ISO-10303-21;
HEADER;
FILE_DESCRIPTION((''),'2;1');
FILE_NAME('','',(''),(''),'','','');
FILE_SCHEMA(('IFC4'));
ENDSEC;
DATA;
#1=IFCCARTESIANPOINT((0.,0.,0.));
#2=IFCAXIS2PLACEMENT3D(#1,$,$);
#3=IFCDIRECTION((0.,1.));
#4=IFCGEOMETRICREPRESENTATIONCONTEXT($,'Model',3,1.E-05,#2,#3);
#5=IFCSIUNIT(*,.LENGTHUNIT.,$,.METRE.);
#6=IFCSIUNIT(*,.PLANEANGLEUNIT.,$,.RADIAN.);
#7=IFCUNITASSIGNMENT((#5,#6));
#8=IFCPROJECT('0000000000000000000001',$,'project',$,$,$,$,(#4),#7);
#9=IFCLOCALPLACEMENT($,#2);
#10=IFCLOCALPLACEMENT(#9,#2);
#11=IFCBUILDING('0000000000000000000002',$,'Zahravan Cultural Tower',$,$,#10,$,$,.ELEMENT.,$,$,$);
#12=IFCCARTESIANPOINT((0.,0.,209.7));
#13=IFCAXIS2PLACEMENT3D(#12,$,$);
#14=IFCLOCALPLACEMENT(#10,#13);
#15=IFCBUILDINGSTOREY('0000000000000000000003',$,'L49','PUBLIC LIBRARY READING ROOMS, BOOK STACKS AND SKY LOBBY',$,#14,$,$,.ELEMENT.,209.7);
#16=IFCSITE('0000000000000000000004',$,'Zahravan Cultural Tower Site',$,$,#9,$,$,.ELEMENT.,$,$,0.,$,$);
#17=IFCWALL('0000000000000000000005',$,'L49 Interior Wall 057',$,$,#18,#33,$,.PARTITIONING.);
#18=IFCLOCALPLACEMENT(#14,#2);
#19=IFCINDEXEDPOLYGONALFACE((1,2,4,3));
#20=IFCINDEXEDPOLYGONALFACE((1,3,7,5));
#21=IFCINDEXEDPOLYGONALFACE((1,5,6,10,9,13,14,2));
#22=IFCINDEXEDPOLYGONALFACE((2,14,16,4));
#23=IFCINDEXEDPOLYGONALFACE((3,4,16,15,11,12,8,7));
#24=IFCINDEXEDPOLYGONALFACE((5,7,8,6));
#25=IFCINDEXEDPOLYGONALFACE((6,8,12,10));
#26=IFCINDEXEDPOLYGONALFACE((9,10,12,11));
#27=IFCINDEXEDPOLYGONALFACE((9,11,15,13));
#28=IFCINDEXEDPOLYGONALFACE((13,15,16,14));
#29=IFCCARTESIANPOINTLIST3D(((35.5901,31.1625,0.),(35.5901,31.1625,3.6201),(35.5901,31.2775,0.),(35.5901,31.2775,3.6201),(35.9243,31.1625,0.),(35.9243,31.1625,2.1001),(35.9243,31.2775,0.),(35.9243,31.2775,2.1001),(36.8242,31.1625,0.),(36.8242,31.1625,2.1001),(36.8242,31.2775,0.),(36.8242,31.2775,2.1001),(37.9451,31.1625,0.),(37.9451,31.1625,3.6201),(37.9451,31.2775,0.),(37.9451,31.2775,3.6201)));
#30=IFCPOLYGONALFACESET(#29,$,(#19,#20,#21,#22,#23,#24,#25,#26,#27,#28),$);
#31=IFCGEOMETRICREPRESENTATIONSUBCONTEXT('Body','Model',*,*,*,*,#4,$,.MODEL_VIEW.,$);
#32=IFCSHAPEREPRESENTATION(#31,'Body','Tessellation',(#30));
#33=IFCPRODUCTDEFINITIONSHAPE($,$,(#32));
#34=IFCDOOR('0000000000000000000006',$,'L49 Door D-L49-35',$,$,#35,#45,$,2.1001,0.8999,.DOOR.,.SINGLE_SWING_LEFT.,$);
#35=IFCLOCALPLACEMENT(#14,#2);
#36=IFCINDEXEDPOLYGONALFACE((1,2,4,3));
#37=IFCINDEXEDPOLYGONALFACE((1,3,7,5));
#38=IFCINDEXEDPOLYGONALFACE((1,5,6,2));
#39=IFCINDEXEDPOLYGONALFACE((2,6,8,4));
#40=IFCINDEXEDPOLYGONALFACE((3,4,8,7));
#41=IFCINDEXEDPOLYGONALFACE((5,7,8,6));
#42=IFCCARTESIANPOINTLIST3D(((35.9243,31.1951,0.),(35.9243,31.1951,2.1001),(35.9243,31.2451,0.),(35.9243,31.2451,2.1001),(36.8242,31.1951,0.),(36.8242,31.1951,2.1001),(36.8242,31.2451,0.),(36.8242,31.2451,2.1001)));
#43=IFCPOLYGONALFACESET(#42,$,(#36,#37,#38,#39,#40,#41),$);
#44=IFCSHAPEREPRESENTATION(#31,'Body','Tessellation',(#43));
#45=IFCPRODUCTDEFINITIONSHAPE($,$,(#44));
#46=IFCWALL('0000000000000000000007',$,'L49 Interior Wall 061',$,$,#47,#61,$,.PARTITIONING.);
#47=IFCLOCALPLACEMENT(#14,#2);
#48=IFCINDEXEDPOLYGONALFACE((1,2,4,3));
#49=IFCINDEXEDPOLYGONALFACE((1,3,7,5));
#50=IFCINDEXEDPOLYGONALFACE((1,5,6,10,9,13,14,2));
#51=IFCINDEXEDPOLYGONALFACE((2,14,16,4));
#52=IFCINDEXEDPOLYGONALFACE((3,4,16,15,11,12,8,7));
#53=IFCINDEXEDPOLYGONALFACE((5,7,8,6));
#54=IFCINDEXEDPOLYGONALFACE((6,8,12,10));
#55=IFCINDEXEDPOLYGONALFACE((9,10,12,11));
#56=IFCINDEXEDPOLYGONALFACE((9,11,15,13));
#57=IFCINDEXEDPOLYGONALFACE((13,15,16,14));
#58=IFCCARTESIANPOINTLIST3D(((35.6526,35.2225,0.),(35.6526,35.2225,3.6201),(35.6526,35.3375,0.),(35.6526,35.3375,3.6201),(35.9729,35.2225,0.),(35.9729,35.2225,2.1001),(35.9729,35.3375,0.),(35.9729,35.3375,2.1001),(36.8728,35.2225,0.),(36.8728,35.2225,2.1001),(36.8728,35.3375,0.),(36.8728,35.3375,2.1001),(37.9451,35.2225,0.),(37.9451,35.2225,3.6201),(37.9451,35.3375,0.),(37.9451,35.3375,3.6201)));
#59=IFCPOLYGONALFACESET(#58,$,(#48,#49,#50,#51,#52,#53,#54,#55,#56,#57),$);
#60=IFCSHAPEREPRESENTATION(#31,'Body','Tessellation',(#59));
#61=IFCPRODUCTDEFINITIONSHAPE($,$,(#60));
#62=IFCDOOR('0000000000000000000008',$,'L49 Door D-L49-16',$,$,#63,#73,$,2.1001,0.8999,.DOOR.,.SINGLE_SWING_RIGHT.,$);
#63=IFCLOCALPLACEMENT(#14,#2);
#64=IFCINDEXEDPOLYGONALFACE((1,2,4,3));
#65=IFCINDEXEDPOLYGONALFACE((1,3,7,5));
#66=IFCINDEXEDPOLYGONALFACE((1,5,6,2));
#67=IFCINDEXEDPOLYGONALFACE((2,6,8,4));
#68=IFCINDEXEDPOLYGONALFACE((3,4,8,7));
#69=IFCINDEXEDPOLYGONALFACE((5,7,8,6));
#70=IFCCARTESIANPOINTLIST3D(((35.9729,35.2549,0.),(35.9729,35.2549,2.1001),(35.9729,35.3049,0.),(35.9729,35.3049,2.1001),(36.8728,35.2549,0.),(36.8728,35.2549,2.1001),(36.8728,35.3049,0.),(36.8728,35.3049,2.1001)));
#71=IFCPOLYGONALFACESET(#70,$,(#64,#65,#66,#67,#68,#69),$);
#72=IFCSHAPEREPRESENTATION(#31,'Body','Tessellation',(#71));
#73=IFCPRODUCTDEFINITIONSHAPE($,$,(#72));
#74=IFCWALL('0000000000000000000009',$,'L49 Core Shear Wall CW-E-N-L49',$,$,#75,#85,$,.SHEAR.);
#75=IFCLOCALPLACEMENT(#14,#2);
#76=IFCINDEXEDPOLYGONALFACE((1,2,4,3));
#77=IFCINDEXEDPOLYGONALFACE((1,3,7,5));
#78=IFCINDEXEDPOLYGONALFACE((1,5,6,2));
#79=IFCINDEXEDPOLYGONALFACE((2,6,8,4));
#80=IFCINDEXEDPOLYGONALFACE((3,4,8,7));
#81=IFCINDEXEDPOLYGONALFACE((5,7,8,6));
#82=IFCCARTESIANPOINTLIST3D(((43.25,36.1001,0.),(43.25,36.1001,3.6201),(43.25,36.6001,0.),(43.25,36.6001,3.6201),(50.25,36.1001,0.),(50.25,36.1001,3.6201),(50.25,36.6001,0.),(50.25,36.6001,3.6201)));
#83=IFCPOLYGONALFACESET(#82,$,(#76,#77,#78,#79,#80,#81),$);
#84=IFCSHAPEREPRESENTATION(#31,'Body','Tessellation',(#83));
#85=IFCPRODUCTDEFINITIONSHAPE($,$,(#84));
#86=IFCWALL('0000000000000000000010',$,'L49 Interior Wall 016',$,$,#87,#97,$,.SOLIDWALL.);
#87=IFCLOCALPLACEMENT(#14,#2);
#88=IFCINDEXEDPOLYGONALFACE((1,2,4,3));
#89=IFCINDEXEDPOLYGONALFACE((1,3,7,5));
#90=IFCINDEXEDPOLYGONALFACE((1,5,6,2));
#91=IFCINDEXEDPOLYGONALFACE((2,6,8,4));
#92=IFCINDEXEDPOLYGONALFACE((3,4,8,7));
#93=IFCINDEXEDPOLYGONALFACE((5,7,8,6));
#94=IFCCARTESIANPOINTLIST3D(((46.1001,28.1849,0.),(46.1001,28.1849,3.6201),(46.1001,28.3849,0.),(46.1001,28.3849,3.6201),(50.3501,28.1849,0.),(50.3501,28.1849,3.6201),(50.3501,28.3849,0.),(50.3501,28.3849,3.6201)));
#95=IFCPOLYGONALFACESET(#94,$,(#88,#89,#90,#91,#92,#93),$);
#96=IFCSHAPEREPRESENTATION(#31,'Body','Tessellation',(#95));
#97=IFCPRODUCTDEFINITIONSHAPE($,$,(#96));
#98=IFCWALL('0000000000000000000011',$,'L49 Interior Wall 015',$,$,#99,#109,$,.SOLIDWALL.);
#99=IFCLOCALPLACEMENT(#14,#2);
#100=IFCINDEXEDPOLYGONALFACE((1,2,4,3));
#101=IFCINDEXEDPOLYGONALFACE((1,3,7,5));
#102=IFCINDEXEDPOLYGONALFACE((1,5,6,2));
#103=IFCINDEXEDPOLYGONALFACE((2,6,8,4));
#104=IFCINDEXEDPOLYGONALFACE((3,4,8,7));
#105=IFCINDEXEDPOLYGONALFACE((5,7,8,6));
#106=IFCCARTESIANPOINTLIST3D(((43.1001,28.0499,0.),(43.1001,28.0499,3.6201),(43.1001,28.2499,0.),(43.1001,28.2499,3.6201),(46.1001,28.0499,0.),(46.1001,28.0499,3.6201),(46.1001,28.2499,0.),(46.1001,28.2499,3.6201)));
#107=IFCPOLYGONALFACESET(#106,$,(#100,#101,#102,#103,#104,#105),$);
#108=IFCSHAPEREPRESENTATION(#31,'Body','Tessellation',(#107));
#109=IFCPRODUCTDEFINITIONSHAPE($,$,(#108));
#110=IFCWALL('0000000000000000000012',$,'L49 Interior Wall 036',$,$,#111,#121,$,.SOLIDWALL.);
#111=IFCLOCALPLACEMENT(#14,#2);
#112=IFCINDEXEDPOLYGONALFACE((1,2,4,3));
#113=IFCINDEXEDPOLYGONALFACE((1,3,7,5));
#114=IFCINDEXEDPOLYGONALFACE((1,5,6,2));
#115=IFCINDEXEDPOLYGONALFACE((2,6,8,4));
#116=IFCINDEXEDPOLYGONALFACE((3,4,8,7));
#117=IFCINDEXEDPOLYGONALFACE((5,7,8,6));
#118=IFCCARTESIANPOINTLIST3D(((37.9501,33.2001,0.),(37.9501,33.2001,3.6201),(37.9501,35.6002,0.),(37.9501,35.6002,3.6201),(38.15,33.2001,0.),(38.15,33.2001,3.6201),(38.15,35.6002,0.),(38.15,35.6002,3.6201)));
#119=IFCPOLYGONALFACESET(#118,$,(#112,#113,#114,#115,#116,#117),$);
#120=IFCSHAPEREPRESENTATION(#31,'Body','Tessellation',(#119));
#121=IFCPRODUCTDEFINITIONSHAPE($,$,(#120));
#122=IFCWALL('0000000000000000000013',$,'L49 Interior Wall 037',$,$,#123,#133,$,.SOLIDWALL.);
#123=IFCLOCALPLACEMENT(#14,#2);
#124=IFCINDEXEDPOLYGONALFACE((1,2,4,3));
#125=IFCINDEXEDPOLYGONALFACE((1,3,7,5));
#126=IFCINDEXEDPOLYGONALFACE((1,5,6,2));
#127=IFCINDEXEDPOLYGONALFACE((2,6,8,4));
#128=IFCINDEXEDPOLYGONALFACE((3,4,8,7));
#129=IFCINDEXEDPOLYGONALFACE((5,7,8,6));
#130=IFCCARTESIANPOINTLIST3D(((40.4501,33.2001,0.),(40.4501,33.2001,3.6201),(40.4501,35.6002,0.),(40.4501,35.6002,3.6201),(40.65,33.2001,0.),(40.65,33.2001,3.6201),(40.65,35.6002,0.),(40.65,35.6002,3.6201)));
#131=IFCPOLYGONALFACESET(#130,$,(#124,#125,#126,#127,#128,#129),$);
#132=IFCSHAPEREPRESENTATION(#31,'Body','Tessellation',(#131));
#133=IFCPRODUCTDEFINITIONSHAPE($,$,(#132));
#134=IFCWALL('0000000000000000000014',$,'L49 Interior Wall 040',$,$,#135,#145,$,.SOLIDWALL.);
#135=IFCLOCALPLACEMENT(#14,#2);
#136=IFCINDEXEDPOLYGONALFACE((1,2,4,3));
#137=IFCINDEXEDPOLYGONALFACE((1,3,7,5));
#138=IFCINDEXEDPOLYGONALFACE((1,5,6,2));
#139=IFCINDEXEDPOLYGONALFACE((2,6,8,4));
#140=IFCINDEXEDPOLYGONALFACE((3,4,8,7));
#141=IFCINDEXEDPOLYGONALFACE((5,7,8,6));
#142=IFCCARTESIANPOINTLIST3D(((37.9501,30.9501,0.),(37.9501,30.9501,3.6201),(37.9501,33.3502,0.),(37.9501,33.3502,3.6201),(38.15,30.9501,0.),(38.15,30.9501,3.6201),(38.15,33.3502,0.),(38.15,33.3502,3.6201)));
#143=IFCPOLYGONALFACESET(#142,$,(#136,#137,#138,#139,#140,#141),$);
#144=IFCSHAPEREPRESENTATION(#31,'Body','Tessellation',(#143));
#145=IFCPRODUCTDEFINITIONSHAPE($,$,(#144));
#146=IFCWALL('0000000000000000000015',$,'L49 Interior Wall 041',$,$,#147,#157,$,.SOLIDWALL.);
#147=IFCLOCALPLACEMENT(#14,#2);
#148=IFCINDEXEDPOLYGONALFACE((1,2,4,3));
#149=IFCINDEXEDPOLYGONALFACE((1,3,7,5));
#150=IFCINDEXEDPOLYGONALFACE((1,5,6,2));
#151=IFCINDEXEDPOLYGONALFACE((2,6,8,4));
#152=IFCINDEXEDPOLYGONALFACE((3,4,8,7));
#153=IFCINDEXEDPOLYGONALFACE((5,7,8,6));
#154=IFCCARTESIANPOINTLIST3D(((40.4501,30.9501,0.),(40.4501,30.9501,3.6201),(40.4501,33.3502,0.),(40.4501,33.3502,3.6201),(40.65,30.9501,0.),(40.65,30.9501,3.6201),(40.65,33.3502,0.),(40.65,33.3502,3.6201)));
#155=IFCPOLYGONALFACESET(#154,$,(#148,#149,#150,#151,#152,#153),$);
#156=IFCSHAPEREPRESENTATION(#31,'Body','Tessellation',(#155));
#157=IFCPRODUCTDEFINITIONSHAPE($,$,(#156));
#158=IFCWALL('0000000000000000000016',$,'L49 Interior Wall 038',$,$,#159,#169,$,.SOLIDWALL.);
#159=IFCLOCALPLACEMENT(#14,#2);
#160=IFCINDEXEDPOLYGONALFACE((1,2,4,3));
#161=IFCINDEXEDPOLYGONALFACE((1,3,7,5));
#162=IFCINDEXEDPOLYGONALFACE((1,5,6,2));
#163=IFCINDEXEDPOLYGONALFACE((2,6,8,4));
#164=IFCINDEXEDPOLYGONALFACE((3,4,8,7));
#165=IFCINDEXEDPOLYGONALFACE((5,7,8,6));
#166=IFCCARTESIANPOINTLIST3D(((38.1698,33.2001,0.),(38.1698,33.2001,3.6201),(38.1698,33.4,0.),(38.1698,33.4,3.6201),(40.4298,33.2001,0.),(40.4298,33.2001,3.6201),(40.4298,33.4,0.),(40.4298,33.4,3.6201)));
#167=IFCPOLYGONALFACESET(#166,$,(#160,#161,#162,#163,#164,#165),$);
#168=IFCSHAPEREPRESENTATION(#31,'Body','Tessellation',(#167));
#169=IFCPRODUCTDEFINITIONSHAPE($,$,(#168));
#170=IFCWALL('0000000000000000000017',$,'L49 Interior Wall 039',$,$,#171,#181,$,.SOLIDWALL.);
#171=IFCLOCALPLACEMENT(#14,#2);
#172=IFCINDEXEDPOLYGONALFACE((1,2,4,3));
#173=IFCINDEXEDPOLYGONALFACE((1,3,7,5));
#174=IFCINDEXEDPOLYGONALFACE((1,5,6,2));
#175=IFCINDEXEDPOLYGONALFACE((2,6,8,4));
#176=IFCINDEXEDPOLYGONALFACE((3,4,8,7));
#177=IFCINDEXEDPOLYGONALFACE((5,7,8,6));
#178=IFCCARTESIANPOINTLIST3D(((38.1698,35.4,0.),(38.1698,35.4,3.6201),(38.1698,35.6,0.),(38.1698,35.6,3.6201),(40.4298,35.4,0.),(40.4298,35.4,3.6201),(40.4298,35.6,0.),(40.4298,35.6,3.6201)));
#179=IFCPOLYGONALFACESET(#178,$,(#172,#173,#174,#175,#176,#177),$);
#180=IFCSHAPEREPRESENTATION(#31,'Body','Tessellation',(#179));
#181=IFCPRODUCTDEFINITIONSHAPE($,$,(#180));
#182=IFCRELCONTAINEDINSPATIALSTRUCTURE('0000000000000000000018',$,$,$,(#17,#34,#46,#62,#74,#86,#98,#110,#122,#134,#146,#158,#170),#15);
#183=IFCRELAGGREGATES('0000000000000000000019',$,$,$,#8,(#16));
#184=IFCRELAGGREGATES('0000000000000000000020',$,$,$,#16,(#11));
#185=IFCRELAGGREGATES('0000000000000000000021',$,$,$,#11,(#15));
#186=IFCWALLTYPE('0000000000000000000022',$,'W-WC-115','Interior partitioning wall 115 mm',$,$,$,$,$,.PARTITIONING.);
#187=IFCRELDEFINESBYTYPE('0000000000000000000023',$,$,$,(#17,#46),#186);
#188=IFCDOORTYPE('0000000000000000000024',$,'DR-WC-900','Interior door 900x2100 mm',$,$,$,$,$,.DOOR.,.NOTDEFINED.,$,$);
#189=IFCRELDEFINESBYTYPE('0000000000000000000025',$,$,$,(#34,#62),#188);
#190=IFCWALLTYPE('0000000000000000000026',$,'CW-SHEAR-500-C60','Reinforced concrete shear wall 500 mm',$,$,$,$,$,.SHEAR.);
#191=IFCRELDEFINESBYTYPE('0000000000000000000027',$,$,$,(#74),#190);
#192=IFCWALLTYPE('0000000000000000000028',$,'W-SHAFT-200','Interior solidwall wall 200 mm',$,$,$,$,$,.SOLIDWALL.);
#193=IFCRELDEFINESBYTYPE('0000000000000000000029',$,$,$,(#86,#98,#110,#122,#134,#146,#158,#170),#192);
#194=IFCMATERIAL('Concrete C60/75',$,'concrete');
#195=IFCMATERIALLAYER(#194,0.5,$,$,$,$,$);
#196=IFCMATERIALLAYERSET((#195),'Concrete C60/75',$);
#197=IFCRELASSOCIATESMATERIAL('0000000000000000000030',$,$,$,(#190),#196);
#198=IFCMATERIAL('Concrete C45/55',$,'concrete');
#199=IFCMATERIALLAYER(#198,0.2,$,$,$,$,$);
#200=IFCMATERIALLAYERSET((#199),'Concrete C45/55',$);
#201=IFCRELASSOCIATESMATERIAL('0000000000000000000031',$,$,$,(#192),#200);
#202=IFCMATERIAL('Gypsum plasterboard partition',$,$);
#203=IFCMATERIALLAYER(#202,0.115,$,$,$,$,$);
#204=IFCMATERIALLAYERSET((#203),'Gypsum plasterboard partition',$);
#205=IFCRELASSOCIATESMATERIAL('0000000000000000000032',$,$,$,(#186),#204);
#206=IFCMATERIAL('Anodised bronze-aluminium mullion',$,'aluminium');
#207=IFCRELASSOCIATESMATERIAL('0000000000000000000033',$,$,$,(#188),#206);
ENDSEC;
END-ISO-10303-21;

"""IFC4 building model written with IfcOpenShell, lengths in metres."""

from ifc_helpers import new_model, si_unit, direction, frame, frame_2d, origin, place, context, subcontext, project, spatial, rectangle, extrude, source, transform, mapped, material, layer, layer_set, type_object, element, fill, save


model = new_model("IFC4")

# Units and contexts
model_context = context("Model", 3, precision=1e-05, world=origin(), true_north=direction((0.0, 1.0)))
body_context = subcontext(model_context, "Body", "Model", "MODEL_VIEW")
ifc_project = project(units=[si_unit("LENGTHUNIT", "METRE"), si_unit("PLANEANGLEUNIT", "RADIAN")], contexts=[model_context])

# Site, building, storey
site_placement = place(None, origin())
site = spatial("IfcSite", under=ifc_project, at=site_placement, Name="Zahravan Cultural Tower Site", CompositionType="ELEMENT", RefElevation=0.0)
building_placement = place(site_placement, origin())
building = spatial("IfcBuilding", under=site, at=building_placement, Name="Zahravan Cultural Tower", CompositionType="ELEMENT")
storey_placement = place(building_placement, frame((0.0, 0.0, 209.7)))
storey = spatial("IfcBuildingStorey", under=building, at=storey_placement, Name="L49", Description="PUBLIC LIBRARY READING ROOMS, BOOK STACKS AND SKY LOBBY", CompositionType="ELEMENT", Elevation=209.7)

# Walls, openings, doors
ifc_material_1 = material(Name="Concrete C60/75", Category="concrete")
ifc_layer_1 = layer(ifc_material_1, 0.5)
ifc_layer_set_1 = layer_set([ifc_layer_1], Name="Concrete C60/75")
wall_type_1 = type_object("IfcWallType", Name="CW-SHEAR-500-C60", Description="Reinforced concrete shear wall 500 mm", PredefinedType="SHEAR", material=ifc_layer_set_1)
ifc_material_2 = material(Name="Gypsum plasterboard partition")
ifc_material_3 = material(Name="Anodised bronze-aluminium mullion", Category="aluminium")
ifc_material_4 = material(Name="Concrete C45/55", Category="concrete")
ifc_layer_2 = layer(ifc_material_4, 0.2)
ifc_layer_set_2 = layer_set([ifc_layer_2], Name="Concrete C45/55")
wall_type_2 = type_object("IfcWallType", Name="W-SHAFT-200", Description="Interior solidwall wall 200 mm", PredefinedType="SOLIDWALL", material=ifc_layer_set_2)
ifc_layer_3 = layer(ifc_material_2, 0.115)
ifc_layer_set_3 = layer_set([ifc_layer_3], Name="Gypsum plasterboard partition")
wall_type_3 = type_object("IfcWallType", Name="W-WC-115", Description="Interior partitioning wall 115 mm", PredefinedType="PARTITIONING", material=ifc_layer_set_3)
wall_1_placement = place(storey_placement, frame((37.9451, 31.22, 0.0), z_axis=(0.0, 0.0, 1.0), x_axis=(-1.0, 0.0, 0.0)))
wall_1 = element("IfcWall", 1, at=wall_1_placement, inside=storey, type_object=wall_type_3, Name="L49 Interior Wall 057", PredefinedType="PARTITIONING", context=body_context, shape_type="SweptSolid", body=[
    extrude(rectangle(XDim=2.355, YDim=0.115, at=frame_2d((1.1775, 0.0))), origin(), (0.0, 0.0, 1.0), 3.6201),
])
opening_1_placement = place(wall_1_placement, frame((1.1208, 0.0, 0.0)))
opening_1 = element("IfcOpeningElement", 2, at=opening_1_placement, cuts=wall_1, PredefinedType="OPENING", context=body_context, shape_type="SweptSolid", body=[
    extrude(rectangle(XDim=0.8999, YDim=2.1001, at=frame_2d((0.45, 1.05))), frame((0.0, 0.0674, 0.0), z_axis=(0.0, -1.0, 0.0), x_axis=(1.0, 0.0, 0.0)), (0.0, 0.0, 1.0), 0.135),
])
door_type_1 = type_object("IfcDoorType", Name="DR-WC-900", Description="Interior door 900x2100 mm", OperationType="NOTDEFINED", PredefinedType="DOOR", material=ifc_material_3)
shared_shape_1 = source(origin(), body_context, "Body", "SweptSolid", [
    extrude(rectangle(XDim=0.8999, YDim=2.1001, at=frame_2d((0.45, 1.05))), frame((0.0, 0.0249, 0.0), z_axis=(0.0, -1.0, 0.0), x_axis=(1.0, 0.0, 0.0)), (0.0, 0.0, 1.0), 0.05),
])
door_1_placement = place(opening_1_placement, origin())
door_1 = element("IfcDoor", 3, at=door_1_placement, inside=storey, type_object=door_type_1, Name="L49 Door D-L49-35", OperationType="SINGLE_SWING_LEFT", OverallHeight=2.1001, OverallWidth=0.8999, PredefinedType="DOOR", context=body_context, shape_type="MappedRepresentation", body=[
    mapped(shared_shape_1, transform((0.0, 0.0, 0.0), x_axis=(1.0, 0.0, 0.0), y_axis=(0.0, 1.0, 0.0), z_axis=(0.0, 0.0, 1.0), scale=1.0)),
])
fill(opening_1, door_1)
wall_2_placement = place(storey_placement, frame((35.6526, 35.28, 0.0), z_axis=(0.0, 0.0, 1.0), x_axis=(1.0, 0.0, 0.0)))
wall_2 = element("IfcWall", 4, at=wall_2_placement, inside=storey, type_object=wall_type_3, Name="L49 Interior Wall 061", PredefinedType="PARTITIONING", context=body_context, shape_type="SweptSolid", body=[
    extrude(rectangle(XDim=2.2925, YDim=0.115, at=frame_2d((1.1462, 0.0))), origin(), (0.0, 0.0, 1.0), 3.6201),
])
opening_2_placement = place(wall_2_placement, frame((0.3203, 0.0, 0.0)))
opening_2 = element("IfcOpeningElement", 5, at=opening_2_placement, cuts=wall_2, PredefinedType="OPENING", context=body_context, shape_type="SweptSolid", body=[
    extrude(rectangle(XDim=0.8999, YDim=2.1001, at=frame_2d((0.45, 1.05))), frame((0.0, 0.0674, 0.0), z_axis=(0.0, -1.0, 0.0), x_axis=(1.0, 0.0, 0.0)), (0.0, 0.0, 1.0), 0.135),
])
door_2_placement = place(opening_2_placement, origin())
door_2 = element("IfcDoor", 6, at=door_2_placement, inside=storey, type_object=door_type_1, Name="L49 Door D-L49-16", OperationType="SINGLE_SWING_RIGHT", OverallHeight=2.1001, OverallWidth=0.8999, PredefinedType="DOOR", context=body_context, shape_type="MappedRepresentation", body=[
    mapped(shared_shape_1, transform((0.0, 0.0, 0.0), x_axis=(1.0, 0.0, 0.0), y_axis=(0.0, 1.0, 0.0), z_axis=(0.0, 0.0, 1.0), scale=1.0)),
])
fill(opening_2, door_2)

# Walls
shared_shape_2 = source(origin(), body_context, "Body", "SweptSolid", [
    extrude(rectangle(XDim=7.0, YDim=0.5, at=frame_2d((3.5, 0.0))), origin(), (0.0, 0.0, 1.0), 3.6201),
])
wall_3_placement = place(storey_placement, frame((43.25, 36.3501, 0.0), z_axis=(0.0, 0.0, 1.0), x_axis=(1.0, 0.0, 0.0)))
element("IfcWall", 7, at=wall_3_placement, inside=storey, type_object=wall_type_1, Name="L49 Core Shear Wall CW-E-N-L49", PredefinedType="SHEAR", context=body_context, shape_type="MappedRepresentation", body=[
    mapped(shared_shape_2, transform((0.0, 0.0, 0.0), x_axis=(1.0, 0.0, 0.0), y_axis=(0.0, 1.0, 0.0), z_axis=(0.0, 0.0, 1.0), scale=1.0)),
])
shared_shape_3 = source(origin(), body_context, "Body", "SweptSolid", [
    extrude(rectangle(XDim=4.25, YDim=0.2, at=frame_2d((2.125, 0.0))), origin(), (0.0, 0.0, 1.0), 3.6201),
])
wall_4_placement = place(storey_placement, frame((46.1001, 28.2849, 0.0), z_axis=(0.0, 0.0, 1.0), x_axis=(1.0, 0.0, 0.0)))
element("IfcWall", 8, at=wall_4_placement, inside=storey, type_object=wall_type_2, Name="L49 Interior Wall 016", PredefinedType="SOLIDWALL", context=body_context, shape_type="MappedRepresentation", body=[
    mapped(shared_shape_3, transform((0.0, 0.0, 0.0), x_axis=(1.0, 0.0, 0.0), y_axis=(0.0, 1.0, 0.0), z_axis=(0.0, 0.0, 1.0), scale=1.0)),
])
shared_shape_4 = source(origin(), body_context, "Body", "SweptSolid", [
    extrude(rectangle(XDim=3.0, YDim=0.2, at=frame_2d((1.5, 0.0))), origin(), (0.0, 0.0, 1.0), 3.6201),
])
wall_5_placement = place(storey_placement, frame((43.1001, 28.1499, 0.0), z_axis=(0.0, 0.0, 1.0), x_axis=(1.0, 0.0, 0.0)))
element("IfcWall", 9, at=wall_5_placement, inside=storey, type_object=wall_type_2, Name="L49 Interior Wall 015", PredefinedType="SOLIDWALL", context=body_context, shape_type="MappedRepresentation", body=[
    mapped(shared_shape_4, transform((0.0, 0.0, 0.0), x_axis=(1.0, 0.0, 0.0), y_axis=(0.0, 1.0, 0.0), z_axis=(0.0, 0.0, 1.0), scale=1.0)),
])
shared_shape_5 = source(origin(), body_context, "Body", "SweptSolid", [
    extrude(rectangle(XDim=2.4001, YDim=0.2, at=frame_2d((1.2002, 0.0))), origin(), (0.0, 0.0, 1.0), 3.6201),
])
for number, where, z_axis, x_axis, name in (
    (10, (38.05, 33.2, 0.0), (0.0, 0.0, 1.0), (0.0, 1.0, 0.0), "L49 Interior Wall 036"),
    (11, (40.55, 33.2, 0.0), (0.0, 0.0, 1.0), (0.0, 1.0, 0.0), "L49 Interior Wall 037"),
    (12, (38.05, 30.95, 0.0), (0.0, 0.0, 1.0), (0.0, 1.0, 0.0), "L49 Interior Wall 040"),
    (13, (40.55, 30.95, 0.0), (0.0, 0.0, 1.0), (0.0, 1.0, 0.0), "L49 Interior Wall 041"),
):
    element("IfcWall", number, at=place(storey_placement, frame(where, z_axis=z_axis, x_axis=x_axis)), inside=storey, type_object=wall_type_2, Name=name, PredefinedType="SOLIDWALL", context=body_context, shape_type="MappedRepresentation", body=[
        mapped(shared_shape_5, transform((0.0, 0.0, 0.0), x_axis=(1.0, 0.0, 0.0), y_axis=(0.0, 1.0, 0.0), z_axis=(0.0, 0.0, 1.0), scale=1.0)),
    ])
shared_shape_6 = source(origin(), body_context, "Body", "SweptSolid", [
    extrude(rectangle(XDim=2.26, YDim=0.2, at=frame_2d((1.1299, 0.0))), origin(), (0.0, 0.0, 1.0), 3.6201),
])
for number, where, z_axis, x_axis, name in (
    (14, (38.1699, 33.3, 0.0), (0.0, 0.0, 1.0), (1.0, 0.0, 0.0), "L49 Interior Wall 038"),
    (15, (38.1699, 35.5, 0.0), (0.0, 0.0, 1.0), (1.0, 0.0, 0.0), "L49 Interior Wall 039"),
):
    element("IfcWall", number, at=place(storey_placement, frame(where, z_axis=z_axis, x_axis=x_axis)), inside=storey, type_object=wall_type_2, Name=name, PredefinedType="SOLIDWALL", context=body_context, shape_type="MappedRepresentation", body=[
        mapped(shared_shape_6, transform((0.0, 0.0, 0.0), x_axis=(1.0, 0.0, 0.0), y_axis=(0.0, 1.0, 0.0), z_axis=(0.0, 0.0, 1.0), scale=1.0)),
    ])

save(model, "model.ifc")
